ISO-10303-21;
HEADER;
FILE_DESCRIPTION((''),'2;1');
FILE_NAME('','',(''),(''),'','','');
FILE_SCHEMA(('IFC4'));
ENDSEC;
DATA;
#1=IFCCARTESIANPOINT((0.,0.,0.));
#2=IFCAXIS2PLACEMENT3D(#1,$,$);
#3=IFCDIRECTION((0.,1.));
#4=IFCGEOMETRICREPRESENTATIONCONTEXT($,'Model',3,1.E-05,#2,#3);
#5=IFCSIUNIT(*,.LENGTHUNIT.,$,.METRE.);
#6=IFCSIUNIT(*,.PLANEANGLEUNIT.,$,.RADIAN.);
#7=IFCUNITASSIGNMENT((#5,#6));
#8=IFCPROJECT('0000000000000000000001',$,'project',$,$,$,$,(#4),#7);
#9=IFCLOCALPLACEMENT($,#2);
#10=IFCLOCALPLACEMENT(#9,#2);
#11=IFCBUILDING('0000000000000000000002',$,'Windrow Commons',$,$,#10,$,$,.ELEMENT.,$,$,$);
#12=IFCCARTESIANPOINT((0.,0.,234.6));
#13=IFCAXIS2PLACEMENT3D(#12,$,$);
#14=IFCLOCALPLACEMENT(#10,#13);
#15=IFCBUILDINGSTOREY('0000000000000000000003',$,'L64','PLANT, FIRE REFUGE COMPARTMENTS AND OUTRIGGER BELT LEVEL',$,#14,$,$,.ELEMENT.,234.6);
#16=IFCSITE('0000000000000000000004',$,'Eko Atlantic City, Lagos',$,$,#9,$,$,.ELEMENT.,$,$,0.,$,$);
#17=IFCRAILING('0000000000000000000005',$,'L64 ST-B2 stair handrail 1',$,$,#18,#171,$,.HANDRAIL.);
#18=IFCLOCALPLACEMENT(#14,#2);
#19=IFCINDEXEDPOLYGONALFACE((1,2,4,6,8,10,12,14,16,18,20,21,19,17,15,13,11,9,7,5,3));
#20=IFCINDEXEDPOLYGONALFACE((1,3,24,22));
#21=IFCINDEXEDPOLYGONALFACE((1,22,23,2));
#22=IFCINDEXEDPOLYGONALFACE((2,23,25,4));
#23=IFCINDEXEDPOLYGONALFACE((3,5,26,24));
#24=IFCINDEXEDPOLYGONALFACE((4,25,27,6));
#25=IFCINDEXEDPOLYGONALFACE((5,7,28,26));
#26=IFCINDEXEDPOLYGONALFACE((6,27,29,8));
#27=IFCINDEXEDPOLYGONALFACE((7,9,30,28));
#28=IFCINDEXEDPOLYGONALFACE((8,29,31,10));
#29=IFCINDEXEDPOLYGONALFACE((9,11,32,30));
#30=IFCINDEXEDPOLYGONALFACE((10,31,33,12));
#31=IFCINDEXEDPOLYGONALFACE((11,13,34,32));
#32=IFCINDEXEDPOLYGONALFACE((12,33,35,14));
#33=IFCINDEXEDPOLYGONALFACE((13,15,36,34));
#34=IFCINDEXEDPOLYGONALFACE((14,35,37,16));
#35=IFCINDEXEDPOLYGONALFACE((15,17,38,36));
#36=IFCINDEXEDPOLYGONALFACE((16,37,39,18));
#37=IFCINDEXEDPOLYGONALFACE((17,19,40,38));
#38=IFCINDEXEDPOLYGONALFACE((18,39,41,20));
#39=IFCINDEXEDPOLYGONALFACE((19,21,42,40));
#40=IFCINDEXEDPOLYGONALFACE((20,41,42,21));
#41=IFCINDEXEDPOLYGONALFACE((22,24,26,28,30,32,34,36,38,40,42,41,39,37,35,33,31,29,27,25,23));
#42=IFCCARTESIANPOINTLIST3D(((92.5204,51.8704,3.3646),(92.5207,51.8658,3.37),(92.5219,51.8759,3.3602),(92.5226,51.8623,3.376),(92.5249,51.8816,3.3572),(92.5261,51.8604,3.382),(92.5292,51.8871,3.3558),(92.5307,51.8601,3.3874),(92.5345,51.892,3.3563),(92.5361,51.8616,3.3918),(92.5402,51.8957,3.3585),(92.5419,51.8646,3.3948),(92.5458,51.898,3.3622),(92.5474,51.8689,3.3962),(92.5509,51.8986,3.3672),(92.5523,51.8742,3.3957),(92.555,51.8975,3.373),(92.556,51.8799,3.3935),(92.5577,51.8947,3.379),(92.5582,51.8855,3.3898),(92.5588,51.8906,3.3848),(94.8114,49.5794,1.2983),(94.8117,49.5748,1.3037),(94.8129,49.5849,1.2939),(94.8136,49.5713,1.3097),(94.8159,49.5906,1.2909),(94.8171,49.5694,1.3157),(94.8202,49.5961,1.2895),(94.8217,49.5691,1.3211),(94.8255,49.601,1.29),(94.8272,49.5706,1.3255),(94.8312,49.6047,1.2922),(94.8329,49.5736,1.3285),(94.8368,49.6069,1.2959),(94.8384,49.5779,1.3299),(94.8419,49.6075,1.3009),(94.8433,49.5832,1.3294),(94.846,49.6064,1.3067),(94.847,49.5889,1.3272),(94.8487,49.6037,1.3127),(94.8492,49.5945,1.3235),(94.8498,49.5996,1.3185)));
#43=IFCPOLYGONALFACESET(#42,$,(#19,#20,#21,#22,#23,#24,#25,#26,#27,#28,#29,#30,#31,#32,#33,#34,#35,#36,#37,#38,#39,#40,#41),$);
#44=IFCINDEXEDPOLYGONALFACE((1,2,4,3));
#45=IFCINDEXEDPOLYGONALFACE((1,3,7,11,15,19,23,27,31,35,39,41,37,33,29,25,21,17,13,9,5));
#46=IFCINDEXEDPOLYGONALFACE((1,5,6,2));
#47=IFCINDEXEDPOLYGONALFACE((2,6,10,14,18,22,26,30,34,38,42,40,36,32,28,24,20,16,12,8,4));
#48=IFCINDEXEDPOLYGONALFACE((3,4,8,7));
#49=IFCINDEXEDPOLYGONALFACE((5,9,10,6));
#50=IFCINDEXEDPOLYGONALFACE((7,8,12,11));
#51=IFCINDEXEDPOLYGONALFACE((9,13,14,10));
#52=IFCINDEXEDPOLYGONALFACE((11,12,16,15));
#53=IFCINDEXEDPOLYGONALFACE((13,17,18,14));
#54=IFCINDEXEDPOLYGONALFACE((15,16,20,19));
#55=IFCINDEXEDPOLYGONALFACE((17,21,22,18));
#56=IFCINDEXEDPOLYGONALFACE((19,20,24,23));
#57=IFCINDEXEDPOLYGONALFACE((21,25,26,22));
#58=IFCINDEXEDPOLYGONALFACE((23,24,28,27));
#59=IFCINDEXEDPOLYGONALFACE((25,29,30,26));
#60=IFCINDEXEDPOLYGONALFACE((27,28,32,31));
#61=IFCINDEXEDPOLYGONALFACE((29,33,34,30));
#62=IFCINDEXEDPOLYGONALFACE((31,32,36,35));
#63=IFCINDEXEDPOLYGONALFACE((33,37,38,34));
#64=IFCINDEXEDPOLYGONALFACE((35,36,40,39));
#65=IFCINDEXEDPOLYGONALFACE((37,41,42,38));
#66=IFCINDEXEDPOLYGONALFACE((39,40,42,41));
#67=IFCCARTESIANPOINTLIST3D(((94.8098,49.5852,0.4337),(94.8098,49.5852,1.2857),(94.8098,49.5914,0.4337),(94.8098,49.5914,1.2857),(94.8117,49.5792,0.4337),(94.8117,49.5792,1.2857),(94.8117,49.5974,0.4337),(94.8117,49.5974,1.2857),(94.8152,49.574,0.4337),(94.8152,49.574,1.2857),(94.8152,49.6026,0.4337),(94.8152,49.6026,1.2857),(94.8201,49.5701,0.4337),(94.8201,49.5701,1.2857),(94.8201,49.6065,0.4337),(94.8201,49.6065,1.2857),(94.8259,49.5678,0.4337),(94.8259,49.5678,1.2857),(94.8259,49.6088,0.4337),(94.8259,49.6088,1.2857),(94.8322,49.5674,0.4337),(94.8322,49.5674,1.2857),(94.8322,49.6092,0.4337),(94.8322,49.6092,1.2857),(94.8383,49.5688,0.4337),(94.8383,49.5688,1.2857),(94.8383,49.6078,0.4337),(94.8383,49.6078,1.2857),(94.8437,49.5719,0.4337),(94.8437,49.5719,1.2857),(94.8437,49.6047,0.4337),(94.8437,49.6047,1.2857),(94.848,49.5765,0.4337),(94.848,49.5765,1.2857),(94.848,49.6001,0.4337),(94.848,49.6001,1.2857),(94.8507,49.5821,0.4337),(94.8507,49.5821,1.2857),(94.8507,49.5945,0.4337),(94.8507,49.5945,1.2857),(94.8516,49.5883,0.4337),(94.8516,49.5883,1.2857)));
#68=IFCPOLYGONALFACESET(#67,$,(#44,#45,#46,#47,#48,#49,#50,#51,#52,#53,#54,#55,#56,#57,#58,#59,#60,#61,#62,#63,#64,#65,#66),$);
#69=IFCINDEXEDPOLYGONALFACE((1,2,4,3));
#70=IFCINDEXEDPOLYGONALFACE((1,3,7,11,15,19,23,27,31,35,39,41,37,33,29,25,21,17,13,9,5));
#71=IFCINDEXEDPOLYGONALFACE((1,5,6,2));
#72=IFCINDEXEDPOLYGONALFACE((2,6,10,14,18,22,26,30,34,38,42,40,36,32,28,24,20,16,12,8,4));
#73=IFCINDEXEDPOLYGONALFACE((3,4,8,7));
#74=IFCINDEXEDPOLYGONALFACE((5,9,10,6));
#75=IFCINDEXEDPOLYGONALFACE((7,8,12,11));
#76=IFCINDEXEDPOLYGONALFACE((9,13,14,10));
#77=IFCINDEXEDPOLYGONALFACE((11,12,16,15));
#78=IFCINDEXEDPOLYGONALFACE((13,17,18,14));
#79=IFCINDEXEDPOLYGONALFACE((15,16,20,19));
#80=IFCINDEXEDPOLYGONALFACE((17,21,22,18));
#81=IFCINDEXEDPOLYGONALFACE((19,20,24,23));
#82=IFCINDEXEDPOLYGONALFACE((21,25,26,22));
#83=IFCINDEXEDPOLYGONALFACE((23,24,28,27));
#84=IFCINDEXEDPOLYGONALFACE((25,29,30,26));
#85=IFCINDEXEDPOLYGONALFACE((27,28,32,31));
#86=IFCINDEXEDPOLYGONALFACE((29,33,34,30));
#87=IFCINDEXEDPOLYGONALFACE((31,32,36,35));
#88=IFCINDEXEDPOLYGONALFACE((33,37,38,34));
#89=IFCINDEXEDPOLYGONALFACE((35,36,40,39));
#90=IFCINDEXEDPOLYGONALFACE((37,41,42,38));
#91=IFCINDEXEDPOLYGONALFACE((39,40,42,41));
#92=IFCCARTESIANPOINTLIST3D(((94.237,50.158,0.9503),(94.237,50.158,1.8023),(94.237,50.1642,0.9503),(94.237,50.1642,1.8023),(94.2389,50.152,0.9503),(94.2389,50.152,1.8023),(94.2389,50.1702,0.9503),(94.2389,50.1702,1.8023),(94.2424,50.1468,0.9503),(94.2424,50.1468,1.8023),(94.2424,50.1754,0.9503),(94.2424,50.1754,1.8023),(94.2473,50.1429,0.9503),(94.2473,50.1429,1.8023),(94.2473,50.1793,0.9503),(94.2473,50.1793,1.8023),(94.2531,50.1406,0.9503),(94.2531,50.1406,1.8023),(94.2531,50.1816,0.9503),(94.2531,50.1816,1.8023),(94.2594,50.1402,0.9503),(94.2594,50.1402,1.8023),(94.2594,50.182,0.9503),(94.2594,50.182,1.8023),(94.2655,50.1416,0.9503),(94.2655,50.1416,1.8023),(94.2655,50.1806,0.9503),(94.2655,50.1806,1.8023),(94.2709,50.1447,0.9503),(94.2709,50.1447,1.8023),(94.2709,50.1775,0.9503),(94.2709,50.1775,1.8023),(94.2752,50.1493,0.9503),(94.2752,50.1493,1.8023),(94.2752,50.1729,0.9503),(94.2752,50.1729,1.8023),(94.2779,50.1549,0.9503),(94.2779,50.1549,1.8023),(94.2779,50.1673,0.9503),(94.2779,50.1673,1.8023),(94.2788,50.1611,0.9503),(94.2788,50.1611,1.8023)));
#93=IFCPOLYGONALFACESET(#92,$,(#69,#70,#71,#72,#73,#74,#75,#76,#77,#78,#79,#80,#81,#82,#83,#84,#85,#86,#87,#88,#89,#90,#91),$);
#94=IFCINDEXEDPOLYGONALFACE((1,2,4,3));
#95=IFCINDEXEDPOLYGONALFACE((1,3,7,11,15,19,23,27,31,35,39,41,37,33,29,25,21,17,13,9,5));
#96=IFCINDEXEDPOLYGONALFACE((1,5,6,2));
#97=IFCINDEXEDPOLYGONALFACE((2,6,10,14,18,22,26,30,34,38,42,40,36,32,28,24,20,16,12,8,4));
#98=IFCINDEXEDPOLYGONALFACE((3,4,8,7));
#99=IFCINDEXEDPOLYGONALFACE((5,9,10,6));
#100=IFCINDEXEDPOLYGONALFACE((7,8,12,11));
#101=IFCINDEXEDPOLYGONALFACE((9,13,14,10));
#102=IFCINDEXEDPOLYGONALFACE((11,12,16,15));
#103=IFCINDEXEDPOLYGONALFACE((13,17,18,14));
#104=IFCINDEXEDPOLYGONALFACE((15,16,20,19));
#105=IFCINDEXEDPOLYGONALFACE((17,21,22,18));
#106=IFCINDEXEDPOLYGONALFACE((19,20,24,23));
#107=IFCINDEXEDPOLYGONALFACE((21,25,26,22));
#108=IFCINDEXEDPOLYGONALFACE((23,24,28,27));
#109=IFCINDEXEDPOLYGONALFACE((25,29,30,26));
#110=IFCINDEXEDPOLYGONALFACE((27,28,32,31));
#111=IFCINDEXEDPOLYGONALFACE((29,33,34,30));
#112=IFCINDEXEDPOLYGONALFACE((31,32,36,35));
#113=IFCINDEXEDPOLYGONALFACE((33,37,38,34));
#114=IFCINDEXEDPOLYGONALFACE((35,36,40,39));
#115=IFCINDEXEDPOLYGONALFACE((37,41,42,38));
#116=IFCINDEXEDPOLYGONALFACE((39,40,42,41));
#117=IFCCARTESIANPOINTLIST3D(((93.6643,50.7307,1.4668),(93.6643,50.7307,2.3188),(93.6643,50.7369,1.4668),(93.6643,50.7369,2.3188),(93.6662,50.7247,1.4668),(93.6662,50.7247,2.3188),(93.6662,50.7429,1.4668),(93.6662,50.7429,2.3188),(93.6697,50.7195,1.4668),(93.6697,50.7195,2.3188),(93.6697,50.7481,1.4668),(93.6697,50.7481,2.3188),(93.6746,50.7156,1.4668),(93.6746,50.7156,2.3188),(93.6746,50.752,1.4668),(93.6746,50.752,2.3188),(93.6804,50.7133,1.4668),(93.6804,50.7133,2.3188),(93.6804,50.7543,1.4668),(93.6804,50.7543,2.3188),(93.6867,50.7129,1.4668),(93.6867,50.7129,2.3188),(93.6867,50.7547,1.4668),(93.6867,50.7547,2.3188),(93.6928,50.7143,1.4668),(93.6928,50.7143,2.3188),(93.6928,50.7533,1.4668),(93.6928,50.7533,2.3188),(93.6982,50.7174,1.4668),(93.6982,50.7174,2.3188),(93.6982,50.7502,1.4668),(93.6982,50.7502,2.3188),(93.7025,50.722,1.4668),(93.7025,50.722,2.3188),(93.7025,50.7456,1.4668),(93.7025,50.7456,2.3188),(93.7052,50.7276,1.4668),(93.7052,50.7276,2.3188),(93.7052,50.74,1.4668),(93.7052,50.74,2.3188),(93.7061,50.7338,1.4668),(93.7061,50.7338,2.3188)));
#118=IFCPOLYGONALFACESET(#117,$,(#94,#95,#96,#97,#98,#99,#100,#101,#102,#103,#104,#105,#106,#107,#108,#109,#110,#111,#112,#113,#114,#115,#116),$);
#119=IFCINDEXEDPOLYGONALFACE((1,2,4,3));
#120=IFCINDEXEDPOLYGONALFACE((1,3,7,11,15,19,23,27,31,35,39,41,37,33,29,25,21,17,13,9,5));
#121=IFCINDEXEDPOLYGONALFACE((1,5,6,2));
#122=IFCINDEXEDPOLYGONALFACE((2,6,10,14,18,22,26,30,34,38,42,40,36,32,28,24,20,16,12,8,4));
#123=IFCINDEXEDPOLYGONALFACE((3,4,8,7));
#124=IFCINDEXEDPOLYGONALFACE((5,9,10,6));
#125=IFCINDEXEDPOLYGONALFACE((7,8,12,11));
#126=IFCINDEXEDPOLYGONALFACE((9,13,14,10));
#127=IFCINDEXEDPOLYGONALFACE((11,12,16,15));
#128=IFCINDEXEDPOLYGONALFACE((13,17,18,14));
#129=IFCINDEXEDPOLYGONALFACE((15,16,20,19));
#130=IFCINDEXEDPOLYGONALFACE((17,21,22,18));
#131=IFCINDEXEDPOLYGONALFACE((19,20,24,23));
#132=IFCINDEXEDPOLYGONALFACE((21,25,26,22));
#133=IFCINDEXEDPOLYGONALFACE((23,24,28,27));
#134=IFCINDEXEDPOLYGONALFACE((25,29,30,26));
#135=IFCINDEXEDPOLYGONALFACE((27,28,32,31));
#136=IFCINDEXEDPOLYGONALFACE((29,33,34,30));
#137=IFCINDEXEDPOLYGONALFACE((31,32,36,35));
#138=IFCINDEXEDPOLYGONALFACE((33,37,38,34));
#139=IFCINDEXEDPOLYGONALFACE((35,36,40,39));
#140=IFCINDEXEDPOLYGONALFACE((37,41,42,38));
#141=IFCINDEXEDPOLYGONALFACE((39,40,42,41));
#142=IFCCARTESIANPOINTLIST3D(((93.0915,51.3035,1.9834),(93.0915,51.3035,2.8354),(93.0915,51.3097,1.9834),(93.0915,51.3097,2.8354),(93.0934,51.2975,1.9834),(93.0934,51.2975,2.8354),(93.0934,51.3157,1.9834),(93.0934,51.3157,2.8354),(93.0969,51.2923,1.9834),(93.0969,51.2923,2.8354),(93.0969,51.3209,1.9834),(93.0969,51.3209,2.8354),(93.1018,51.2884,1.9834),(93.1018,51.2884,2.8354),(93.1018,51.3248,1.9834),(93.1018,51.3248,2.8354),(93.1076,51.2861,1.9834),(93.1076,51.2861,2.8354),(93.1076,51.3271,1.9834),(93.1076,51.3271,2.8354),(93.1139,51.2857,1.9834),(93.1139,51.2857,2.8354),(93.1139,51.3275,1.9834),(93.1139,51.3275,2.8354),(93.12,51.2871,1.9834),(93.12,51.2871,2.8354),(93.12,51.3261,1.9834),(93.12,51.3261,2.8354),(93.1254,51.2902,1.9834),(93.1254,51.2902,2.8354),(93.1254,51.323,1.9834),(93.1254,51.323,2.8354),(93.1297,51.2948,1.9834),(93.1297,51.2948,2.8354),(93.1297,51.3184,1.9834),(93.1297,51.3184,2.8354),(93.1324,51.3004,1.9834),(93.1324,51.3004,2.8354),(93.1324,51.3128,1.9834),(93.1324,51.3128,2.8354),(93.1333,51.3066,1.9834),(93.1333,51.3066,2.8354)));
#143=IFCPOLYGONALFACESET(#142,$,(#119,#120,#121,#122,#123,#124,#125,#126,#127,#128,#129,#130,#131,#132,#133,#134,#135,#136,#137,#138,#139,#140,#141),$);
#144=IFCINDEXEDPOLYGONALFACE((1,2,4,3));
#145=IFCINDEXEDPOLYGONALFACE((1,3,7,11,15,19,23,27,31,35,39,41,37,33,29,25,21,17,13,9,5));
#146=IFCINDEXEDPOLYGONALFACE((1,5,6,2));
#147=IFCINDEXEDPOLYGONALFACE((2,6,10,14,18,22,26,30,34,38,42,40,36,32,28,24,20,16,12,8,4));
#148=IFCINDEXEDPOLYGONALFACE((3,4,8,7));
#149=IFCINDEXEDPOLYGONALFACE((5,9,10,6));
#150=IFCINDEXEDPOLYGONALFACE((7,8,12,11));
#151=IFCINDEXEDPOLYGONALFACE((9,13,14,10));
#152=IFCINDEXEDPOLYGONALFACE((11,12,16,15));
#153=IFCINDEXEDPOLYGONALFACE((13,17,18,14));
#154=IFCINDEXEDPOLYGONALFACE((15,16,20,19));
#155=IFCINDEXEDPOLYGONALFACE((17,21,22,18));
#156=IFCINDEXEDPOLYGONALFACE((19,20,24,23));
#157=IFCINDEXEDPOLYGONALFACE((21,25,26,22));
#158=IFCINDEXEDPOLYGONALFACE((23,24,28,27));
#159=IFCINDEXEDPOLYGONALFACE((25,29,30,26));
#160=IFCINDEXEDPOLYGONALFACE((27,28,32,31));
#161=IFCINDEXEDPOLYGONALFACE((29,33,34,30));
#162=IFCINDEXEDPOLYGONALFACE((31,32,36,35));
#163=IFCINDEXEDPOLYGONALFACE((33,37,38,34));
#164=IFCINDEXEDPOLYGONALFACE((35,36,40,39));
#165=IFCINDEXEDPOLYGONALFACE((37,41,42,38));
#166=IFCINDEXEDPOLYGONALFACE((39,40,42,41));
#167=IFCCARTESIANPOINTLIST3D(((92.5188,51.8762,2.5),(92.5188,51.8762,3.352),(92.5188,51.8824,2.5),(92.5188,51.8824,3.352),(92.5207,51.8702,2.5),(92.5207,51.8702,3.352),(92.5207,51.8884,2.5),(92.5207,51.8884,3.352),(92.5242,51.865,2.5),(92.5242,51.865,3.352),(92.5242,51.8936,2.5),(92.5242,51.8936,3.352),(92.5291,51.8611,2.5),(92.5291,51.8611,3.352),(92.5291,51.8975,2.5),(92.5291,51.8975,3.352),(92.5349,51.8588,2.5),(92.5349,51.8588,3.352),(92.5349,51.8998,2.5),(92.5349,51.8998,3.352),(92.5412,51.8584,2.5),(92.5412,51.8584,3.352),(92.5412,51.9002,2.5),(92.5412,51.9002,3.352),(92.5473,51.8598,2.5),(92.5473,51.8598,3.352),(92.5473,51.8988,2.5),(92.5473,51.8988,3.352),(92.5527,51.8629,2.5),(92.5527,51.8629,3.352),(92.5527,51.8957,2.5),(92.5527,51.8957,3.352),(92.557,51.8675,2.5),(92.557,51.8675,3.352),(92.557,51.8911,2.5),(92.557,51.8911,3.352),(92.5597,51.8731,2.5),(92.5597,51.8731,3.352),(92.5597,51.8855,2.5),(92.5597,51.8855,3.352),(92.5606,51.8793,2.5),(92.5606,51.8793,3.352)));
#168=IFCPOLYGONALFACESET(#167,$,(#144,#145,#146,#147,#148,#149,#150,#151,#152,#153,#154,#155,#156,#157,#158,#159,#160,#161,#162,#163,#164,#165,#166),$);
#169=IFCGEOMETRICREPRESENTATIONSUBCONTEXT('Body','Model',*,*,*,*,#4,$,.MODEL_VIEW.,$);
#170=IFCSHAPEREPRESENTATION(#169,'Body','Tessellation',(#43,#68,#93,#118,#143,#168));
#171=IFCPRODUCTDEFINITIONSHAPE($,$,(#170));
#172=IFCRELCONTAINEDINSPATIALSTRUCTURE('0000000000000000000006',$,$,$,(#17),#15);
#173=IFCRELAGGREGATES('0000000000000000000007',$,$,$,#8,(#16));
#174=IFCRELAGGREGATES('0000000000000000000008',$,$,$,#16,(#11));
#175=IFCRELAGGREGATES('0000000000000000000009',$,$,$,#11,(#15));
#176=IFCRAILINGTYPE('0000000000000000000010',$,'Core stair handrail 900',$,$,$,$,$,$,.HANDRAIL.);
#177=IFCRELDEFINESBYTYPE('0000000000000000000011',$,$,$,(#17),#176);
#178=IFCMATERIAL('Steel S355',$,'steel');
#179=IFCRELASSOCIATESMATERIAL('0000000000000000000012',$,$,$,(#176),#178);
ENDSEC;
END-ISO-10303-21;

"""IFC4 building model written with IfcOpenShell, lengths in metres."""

from ifc_helpers import new_model, si_unit, direction, frame, origin, origin_2d, place, context, subcontext, project, spatial, circle, extrude, material, type_object, element, save


model = new_model("IFC4")

# Units and contexts
model_context = context("Model", 3, precision=1e-05, world=origin(), true_north=direction((0.0, 1.0)))
body_context = subcontext(model_context, "Body", "Model", "MODEL_VIEW")
ifc_project = project(units=[si_unit("LENGTHUNIT", "METRE"), si_unit("PLANEANGLEUNIT", "RADIAN")], contexts=[model_context])

# Site, building, storey
site_placement = place(None, origin())
site = spatial("IfcSite", under=ifc_project, at=site_placement, Name="Eko Atlantic City, Lagos", CompositionType="ELEMENT", RefElevation=0.0)
building_placement = place(site_placement, origin())
building = spatial("IfcBuilding", under=site, at=building_placement, Name="Windrow Commons", CompositionType="ELEMENT")
storey_placement = place(building_placement, frame((0.0, 0.0, 234.6)))
storey = spatial("IfcBuildingStorey", under=building, at=storey_placement, Name="L64", Description="PLANT, FIRE REFUGE COMPARTMENTS AND OUTRIGGER BELT LEVEL", CompositionType="ELEMENT", Elevation=234.6)

# Railing
ifc_material_1 = material(Name="Steel S355", Category="steel")
railing_type_1 = type_object("IfcRailingType", Name="Core stair handrail 900", PredefinedType="HANDRAIL", material=ifc_material_1)
railing_1_placement = place(storey_placement, frame((94.8306, 49.5883, 0.4337)))
element("IfcRailing", 1, at=railing_1_placement, inside=storey, type_object=railing_type_1, Name="L64 ST-B2 stair handrail 1", PredefinedType="HANDRAIL", context=body_context, shape_type="SweptSolid", body=[
    extrude(circle(Radius=0.024, at=origin_2d()), frame((0.0, 0.0, 0.876), z_axis=(-0.596183, 0.596183, 0.53771), x_axis=(-0.707107, -0.707107, 0.0)), (0.0, 0.0, 1.0), 3.8428),
    extrude(circle(Radius=0.021, at=origin_2d()), origin(), (0.0, 0.0, 1.0), 0.852),
    extrude(circle(Radius=0.021, at=origin_2d()), frame((-0.5728, 0.5728, 0.5166)), (0.0, 0.0, 1.0), 0.852),
    extrude(circle(Radius=0.021, at=origin_2d()), frame((-1.1455, 1.1455, 1.0331)), (0.0, 0.0, 1.0), 0.852),
    extrude(circle(Radius=0.021, at=origin_2d()), frame((-1.7183, 1.7183, 1.5497)), (0.0, 0.0, 1.0), 0.852),
    extrude(circle(Radius=0.021, at=origin_2d()), frame((-2.291, 2.291, 2.0663)), (0.0, 0.0, 1.0), 0.852),
])

save(model, "model.ifc")
